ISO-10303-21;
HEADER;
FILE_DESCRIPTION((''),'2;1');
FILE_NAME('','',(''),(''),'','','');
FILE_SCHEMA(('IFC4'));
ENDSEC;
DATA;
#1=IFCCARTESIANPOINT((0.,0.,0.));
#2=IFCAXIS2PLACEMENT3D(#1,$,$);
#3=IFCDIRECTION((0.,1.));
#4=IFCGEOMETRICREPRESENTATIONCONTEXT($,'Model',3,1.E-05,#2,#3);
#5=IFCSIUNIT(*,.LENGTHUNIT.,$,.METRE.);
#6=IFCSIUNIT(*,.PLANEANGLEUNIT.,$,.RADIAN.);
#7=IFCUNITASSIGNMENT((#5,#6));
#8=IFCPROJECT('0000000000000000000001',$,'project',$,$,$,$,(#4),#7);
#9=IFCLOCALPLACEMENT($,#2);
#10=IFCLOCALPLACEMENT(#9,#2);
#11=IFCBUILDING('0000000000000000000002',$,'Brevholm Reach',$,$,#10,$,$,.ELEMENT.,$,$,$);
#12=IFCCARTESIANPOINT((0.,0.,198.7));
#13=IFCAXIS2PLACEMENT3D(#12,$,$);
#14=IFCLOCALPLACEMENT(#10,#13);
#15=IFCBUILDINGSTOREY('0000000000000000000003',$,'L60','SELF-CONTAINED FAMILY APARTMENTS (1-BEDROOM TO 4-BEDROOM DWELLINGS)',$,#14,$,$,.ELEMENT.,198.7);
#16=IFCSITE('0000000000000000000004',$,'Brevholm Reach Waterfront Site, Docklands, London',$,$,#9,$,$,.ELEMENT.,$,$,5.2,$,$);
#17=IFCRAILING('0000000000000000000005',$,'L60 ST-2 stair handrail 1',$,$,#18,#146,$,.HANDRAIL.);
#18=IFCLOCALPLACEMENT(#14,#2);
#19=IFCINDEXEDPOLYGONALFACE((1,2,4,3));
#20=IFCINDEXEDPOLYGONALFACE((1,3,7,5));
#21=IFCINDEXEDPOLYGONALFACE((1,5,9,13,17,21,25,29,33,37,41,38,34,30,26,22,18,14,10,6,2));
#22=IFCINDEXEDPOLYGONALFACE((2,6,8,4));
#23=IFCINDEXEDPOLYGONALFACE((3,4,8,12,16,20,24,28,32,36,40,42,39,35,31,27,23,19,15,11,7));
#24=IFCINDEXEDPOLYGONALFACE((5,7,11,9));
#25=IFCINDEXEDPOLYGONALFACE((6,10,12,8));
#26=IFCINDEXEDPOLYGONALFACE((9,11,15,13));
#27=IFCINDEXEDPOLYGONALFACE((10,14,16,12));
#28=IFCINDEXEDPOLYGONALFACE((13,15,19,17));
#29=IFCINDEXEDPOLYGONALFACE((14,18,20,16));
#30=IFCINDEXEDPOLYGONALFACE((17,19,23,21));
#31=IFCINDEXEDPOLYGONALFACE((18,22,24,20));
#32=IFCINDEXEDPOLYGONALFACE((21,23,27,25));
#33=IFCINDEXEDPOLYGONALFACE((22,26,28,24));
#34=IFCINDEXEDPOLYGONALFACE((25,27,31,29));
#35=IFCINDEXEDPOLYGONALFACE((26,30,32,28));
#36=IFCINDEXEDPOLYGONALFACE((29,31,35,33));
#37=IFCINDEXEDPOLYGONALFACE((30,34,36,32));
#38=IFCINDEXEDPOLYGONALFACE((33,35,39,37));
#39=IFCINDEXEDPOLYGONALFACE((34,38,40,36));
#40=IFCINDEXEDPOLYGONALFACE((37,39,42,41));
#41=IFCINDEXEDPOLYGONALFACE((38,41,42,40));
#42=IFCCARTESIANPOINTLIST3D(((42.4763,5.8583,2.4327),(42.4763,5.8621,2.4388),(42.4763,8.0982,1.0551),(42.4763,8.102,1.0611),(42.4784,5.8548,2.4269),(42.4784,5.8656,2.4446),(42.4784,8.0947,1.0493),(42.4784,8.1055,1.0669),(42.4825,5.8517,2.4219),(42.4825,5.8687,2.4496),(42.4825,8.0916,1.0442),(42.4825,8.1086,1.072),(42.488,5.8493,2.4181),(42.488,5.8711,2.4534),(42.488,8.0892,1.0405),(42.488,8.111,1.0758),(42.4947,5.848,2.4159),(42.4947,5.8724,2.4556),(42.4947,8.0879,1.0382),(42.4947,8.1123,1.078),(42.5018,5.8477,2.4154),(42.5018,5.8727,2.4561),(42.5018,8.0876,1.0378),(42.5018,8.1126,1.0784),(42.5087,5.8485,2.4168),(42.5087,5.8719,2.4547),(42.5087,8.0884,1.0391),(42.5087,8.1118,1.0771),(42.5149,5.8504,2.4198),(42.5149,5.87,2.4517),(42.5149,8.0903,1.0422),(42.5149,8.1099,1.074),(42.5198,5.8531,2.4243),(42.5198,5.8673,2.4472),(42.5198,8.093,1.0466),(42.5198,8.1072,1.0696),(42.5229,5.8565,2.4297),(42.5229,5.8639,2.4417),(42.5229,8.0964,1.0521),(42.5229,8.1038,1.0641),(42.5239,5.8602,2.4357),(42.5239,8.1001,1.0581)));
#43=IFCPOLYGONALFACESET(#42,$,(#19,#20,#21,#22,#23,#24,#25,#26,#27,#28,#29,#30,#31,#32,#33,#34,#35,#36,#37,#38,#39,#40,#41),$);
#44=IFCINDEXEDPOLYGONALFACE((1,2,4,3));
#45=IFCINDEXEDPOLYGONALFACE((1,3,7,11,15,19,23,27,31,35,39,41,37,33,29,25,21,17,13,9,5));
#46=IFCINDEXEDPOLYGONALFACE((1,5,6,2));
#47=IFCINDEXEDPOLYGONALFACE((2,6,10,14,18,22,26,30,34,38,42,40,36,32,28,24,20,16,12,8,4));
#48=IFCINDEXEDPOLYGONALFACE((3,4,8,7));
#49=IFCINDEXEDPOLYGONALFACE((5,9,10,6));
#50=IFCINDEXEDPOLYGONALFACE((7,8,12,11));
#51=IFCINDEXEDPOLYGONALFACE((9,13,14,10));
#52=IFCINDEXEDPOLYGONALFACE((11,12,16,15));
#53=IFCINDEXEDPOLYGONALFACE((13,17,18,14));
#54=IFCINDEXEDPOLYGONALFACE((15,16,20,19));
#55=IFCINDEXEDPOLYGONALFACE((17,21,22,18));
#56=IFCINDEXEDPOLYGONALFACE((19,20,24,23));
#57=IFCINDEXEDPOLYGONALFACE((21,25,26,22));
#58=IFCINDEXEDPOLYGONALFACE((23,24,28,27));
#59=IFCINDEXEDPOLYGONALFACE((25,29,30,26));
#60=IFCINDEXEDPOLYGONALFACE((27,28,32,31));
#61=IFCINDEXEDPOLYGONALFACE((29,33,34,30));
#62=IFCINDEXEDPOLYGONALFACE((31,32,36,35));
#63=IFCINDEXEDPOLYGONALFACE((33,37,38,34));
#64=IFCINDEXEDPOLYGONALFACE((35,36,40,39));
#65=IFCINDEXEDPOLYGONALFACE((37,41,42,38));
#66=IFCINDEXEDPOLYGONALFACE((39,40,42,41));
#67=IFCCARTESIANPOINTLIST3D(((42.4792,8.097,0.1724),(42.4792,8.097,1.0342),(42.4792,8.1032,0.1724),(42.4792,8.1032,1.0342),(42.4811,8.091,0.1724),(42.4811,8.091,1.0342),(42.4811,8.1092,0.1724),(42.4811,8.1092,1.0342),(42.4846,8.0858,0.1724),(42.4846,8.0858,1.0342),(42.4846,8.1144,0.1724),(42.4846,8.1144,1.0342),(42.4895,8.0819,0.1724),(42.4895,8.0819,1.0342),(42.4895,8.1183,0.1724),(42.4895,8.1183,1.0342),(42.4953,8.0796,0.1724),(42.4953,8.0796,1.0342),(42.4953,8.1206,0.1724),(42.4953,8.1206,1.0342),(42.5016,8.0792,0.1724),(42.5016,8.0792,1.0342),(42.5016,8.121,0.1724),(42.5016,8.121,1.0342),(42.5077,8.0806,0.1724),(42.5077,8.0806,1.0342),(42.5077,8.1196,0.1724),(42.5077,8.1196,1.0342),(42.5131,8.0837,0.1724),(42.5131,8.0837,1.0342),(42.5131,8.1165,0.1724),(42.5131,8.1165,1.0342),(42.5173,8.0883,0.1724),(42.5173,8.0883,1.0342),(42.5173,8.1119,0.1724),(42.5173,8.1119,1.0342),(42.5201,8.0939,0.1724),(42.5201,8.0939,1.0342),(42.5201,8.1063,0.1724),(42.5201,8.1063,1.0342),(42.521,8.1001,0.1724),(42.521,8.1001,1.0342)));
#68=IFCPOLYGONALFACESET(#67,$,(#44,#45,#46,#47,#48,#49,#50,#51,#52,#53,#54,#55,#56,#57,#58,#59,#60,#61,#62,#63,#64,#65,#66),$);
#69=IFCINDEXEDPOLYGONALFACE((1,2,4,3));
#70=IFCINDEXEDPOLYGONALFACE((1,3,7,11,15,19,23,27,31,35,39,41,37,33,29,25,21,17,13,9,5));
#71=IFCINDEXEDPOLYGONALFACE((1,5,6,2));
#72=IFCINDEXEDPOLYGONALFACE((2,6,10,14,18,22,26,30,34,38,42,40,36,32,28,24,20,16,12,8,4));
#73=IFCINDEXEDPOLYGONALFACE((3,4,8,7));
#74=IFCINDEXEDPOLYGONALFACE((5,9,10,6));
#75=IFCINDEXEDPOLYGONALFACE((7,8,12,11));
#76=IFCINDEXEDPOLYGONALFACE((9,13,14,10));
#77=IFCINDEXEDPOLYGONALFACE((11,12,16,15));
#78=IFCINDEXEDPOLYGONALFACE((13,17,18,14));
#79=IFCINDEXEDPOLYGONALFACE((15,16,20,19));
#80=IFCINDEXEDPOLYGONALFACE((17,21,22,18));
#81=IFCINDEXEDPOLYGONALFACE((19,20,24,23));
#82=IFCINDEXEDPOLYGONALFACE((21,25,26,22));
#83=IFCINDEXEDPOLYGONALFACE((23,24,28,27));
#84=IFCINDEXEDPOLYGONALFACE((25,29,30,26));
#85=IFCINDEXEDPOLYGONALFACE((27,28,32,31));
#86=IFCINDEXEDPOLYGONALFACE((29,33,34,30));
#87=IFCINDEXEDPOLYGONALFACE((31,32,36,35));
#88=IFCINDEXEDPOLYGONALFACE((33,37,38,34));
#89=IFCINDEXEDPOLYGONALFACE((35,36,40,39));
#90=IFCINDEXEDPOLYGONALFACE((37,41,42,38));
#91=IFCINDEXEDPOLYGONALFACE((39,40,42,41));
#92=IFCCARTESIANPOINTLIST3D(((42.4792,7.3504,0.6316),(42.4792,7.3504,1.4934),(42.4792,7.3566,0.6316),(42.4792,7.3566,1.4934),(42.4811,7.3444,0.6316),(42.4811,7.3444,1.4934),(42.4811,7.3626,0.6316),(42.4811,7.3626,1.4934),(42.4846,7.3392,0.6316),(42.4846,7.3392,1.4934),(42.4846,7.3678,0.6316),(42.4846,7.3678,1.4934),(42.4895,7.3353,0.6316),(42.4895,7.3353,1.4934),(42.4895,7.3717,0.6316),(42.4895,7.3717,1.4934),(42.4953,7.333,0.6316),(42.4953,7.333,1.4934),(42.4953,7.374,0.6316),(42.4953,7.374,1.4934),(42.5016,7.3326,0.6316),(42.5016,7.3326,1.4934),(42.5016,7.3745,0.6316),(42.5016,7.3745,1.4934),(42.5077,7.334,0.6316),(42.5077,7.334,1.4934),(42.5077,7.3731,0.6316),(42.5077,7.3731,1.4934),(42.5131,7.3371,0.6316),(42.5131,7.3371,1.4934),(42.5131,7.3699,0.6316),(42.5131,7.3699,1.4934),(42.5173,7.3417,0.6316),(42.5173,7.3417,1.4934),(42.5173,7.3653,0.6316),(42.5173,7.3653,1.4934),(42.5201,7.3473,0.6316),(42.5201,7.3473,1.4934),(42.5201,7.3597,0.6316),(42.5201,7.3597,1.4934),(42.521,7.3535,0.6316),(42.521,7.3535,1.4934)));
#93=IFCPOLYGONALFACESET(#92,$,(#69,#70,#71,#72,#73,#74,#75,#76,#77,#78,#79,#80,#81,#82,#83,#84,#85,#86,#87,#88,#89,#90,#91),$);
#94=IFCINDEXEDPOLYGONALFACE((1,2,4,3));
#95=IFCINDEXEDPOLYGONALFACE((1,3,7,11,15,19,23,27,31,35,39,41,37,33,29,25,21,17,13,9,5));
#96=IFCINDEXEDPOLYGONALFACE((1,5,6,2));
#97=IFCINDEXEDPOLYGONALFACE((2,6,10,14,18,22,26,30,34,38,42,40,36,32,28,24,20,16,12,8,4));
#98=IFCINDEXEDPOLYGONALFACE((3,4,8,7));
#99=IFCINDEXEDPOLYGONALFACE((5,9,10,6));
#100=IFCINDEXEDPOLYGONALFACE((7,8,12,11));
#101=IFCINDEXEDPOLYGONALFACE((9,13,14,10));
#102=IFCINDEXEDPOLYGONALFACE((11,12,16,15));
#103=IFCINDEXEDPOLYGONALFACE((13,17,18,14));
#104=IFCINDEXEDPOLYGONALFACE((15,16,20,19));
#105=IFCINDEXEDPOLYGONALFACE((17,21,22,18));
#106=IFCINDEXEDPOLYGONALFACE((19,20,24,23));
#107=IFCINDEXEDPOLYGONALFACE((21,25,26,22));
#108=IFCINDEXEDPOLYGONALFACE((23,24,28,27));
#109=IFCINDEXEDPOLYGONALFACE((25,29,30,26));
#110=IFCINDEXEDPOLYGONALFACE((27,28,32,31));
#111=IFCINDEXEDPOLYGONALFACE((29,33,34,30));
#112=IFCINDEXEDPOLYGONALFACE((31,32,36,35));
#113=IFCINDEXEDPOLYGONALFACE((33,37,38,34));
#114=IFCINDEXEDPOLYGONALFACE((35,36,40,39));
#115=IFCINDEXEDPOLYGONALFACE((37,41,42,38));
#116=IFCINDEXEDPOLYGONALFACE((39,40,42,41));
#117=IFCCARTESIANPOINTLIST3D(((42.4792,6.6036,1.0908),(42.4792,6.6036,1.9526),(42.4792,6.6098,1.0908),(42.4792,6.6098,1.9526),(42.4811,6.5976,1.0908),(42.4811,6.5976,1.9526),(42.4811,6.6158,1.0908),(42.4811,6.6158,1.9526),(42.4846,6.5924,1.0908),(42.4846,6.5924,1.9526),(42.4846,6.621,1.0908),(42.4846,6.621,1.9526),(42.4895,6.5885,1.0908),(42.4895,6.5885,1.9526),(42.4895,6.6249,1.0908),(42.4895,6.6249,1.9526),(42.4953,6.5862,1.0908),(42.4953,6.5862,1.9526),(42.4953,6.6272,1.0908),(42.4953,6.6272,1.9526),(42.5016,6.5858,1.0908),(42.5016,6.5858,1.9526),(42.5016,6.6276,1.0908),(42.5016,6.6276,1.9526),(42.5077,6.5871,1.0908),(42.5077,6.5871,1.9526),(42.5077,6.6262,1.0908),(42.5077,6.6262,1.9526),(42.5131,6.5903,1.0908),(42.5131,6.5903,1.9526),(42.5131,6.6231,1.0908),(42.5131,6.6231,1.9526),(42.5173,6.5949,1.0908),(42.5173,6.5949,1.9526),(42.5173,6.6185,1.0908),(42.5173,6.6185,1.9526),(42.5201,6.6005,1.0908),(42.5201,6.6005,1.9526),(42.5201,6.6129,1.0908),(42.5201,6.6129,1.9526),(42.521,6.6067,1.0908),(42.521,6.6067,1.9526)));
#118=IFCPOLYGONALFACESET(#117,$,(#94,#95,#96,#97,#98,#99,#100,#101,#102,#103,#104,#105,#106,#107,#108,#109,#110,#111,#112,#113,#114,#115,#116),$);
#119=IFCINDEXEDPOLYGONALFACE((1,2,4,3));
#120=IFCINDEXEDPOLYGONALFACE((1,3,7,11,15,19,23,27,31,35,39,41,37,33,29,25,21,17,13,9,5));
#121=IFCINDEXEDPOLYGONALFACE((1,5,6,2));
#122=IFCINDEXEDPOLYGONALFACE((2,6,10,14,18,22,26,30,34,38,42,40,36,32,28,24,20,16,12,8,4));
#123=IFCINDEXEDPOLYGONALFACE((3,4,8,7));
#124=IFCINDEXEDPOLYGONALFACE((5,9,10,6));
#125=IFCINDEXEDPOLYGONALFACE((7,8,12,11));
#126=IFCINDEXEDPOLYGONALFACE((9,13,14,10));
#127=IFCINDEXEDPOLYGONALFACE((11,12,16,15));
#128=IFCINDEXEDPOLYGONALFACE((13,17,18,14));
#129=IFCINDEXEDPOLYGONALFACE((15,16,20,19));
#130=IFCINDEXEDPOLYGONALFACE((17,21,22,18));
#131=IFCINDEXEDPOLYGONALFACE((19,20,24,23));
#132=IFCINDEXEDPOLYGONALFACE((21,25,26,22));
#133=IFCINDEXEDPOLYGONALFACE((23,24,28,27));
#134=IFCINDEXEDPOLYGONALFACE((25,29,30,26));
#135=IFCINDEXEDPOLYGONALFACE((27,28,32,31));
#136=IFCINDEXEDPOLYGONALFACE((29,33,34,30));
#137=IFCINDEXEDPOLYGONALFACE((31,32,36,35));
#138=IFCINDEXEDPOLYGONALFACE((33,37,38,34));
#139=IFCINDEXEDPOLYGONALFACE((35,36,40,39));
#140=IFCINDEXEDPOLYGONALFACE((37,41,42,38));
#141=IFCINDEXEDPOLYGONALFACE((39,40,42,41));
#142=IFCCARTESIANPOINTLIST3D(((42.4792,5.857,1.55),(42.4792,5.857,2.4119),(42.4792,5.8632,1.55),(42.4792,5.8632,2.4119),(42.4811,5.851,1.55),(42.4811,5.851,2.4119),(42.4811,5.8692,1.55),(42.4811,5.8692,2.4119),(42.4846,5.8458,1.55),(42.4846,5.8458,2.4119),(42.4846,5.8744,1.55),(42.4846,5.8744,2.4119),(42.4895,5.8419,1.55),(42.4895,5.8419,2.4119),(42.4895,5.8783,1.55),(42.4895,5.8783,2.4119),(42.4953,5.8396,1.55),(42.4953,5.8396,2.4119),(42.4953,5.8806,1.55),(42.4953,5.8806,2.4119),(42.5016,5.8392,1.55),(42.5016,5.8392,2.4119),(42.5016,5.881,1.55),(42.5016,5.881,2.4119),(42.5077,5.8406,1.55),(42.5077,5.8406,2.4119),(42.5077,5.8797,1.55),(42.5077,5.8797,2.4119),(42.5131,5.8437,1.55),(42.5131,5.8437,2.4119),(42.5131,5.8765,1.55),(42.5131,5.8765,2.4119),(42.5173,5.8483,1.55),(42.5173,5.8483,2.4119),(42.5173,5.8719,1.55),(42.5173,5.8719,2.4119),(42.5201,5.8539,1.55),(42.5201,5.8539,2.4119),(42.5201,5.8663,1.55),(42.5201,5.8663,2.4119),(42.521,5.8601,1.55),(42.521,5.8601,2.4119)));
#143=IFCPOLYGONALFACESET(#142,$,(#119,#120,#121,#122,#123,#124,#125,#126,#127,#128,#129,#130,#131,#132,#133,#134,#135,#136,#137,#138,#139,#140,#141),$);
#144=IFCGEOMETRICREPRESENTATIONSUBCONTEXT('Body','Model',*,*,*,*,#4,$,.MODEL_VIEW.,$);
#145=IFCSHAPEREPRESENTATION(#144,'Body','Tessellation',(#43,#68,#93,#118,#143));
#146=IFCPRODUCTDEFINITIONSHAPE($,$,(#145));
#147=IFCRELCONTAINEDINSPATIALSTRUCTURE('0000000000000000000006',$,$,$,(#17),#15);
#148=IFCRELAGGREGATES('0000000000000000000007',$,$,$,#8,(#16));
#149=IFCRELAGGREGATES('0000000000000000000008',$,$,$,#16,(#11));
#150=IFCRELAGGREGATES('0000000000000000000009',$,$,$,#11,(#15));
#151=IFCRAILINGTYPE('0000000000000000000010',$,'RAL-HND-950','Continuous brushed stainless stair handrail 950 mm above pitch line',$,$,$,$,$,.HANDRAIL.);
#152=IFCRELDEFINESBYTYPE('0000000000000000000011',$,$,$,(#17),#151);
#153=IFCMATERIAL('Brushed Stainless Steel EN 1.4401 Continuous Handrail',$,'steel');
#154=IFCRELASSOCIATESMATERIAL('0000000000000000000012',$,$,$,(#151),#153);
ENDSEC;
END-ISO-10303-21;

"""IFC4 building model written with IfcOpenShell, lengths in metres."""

from ifc_helpers import new_model, si_unit, direction, frame, origin, origin_2d, place, context, subcontext, project, spatial, circle, extrude, material, type_object, element, save


model = new_model("IFC4")

# Units and contexts
model_context = context("Model", 3, precision=1e-05, world=origin(), true_north=direction((0.0, 1.0)))
body_context = subcontext(model_context, "Body", "Model", "MODEL_VIEW")
ifc_project = project(units=[si_unit("LENGTHUNIT", "METRE"), si_unit("PLANEANGLEUNIT", "RADIAN")], contexts=[model_context])

# Site, building, storey
site_placement = place(None, origin())
site = spatial("IfcSite", under=ifc_project, at=site_placement, Name="Brevholm Reach Waterfront Site, Docklands, London", CompositionType="ELEMENT", RefElevation=5.2)
building_placement = place(site_placement, origin())
building = spatial("IfcBuilding", under=site, at=building_placement, Name="Brevholm Reach", CompositionType="ELEMENT")
storey_placement = place(building_placement, frame((0.0, 0.0, 198.7)))
storey = spatial("IfcBuildingStorey", under=building, at=storey_placement, Name="L60", Description="SELF-CONTAINED FAMILY APARTMENTS (1-BEDROOM TO 4-BEDROOM DWELLINGS)", CompositionType="ELEMENT", Elevation=198.7)

# Railing
ifc_material_1 = material(Name="Brushed Stainless Steel EN 1.4401 Continuous Handrail", Category="steel")
railing_type_1 = type_object("IfcRailingType", Name="RAL-HND-950", Description="Continuous brushed stainless stair handrail 950 mm above pitch line", PredefinedType="HANDRAIL", material=ifc_material_1)
railing_1_placement = place(storey_placement, frame((42.5, 8.1001, 0.1724)))
element("IfcRailing", 1, at=railing_1_placement, inside=storey, type_object=railing_type_1, Name="L60 ST-2 stair handrail 1", PredefinedType="HANDRAIL", context=body_context, shape_type="SweptSolid", body=[
    extrude(circle(Radius=0.0239, at=origin_2d()), frame((0.0, 0.0, 0.8857), z_axis=(0.0, -0.851789, 0.523885), x_axis=(1.0, 0.0, 0.0)), (0.0, 0.0, 1.0), 2.6296),
    extrude(circle(Radius=0.021, at=origin_2d()), origin(), (0.0, 0.0, 1.0), 0.8618),
    extrude(circle(Radius=0.021, at=origin_2d()), frame((0.0, -0.7466, 0.4592)), (0.0, 0.0, 1.0), 0.8618),
    extrude(circle(Radius=0.021, at=origin_2d()), frame((0.0, -1.4934, 0.9185)), (0.0, 0.0, 1.0), 0.8618),
    extrude(circle(Radius=0.021, at=origin_2d()), frame((0.0, -2.24, 1.3777)), (0.0, 0.0, 1.0), 0.8618),
])

save(model, "model.ifc")
